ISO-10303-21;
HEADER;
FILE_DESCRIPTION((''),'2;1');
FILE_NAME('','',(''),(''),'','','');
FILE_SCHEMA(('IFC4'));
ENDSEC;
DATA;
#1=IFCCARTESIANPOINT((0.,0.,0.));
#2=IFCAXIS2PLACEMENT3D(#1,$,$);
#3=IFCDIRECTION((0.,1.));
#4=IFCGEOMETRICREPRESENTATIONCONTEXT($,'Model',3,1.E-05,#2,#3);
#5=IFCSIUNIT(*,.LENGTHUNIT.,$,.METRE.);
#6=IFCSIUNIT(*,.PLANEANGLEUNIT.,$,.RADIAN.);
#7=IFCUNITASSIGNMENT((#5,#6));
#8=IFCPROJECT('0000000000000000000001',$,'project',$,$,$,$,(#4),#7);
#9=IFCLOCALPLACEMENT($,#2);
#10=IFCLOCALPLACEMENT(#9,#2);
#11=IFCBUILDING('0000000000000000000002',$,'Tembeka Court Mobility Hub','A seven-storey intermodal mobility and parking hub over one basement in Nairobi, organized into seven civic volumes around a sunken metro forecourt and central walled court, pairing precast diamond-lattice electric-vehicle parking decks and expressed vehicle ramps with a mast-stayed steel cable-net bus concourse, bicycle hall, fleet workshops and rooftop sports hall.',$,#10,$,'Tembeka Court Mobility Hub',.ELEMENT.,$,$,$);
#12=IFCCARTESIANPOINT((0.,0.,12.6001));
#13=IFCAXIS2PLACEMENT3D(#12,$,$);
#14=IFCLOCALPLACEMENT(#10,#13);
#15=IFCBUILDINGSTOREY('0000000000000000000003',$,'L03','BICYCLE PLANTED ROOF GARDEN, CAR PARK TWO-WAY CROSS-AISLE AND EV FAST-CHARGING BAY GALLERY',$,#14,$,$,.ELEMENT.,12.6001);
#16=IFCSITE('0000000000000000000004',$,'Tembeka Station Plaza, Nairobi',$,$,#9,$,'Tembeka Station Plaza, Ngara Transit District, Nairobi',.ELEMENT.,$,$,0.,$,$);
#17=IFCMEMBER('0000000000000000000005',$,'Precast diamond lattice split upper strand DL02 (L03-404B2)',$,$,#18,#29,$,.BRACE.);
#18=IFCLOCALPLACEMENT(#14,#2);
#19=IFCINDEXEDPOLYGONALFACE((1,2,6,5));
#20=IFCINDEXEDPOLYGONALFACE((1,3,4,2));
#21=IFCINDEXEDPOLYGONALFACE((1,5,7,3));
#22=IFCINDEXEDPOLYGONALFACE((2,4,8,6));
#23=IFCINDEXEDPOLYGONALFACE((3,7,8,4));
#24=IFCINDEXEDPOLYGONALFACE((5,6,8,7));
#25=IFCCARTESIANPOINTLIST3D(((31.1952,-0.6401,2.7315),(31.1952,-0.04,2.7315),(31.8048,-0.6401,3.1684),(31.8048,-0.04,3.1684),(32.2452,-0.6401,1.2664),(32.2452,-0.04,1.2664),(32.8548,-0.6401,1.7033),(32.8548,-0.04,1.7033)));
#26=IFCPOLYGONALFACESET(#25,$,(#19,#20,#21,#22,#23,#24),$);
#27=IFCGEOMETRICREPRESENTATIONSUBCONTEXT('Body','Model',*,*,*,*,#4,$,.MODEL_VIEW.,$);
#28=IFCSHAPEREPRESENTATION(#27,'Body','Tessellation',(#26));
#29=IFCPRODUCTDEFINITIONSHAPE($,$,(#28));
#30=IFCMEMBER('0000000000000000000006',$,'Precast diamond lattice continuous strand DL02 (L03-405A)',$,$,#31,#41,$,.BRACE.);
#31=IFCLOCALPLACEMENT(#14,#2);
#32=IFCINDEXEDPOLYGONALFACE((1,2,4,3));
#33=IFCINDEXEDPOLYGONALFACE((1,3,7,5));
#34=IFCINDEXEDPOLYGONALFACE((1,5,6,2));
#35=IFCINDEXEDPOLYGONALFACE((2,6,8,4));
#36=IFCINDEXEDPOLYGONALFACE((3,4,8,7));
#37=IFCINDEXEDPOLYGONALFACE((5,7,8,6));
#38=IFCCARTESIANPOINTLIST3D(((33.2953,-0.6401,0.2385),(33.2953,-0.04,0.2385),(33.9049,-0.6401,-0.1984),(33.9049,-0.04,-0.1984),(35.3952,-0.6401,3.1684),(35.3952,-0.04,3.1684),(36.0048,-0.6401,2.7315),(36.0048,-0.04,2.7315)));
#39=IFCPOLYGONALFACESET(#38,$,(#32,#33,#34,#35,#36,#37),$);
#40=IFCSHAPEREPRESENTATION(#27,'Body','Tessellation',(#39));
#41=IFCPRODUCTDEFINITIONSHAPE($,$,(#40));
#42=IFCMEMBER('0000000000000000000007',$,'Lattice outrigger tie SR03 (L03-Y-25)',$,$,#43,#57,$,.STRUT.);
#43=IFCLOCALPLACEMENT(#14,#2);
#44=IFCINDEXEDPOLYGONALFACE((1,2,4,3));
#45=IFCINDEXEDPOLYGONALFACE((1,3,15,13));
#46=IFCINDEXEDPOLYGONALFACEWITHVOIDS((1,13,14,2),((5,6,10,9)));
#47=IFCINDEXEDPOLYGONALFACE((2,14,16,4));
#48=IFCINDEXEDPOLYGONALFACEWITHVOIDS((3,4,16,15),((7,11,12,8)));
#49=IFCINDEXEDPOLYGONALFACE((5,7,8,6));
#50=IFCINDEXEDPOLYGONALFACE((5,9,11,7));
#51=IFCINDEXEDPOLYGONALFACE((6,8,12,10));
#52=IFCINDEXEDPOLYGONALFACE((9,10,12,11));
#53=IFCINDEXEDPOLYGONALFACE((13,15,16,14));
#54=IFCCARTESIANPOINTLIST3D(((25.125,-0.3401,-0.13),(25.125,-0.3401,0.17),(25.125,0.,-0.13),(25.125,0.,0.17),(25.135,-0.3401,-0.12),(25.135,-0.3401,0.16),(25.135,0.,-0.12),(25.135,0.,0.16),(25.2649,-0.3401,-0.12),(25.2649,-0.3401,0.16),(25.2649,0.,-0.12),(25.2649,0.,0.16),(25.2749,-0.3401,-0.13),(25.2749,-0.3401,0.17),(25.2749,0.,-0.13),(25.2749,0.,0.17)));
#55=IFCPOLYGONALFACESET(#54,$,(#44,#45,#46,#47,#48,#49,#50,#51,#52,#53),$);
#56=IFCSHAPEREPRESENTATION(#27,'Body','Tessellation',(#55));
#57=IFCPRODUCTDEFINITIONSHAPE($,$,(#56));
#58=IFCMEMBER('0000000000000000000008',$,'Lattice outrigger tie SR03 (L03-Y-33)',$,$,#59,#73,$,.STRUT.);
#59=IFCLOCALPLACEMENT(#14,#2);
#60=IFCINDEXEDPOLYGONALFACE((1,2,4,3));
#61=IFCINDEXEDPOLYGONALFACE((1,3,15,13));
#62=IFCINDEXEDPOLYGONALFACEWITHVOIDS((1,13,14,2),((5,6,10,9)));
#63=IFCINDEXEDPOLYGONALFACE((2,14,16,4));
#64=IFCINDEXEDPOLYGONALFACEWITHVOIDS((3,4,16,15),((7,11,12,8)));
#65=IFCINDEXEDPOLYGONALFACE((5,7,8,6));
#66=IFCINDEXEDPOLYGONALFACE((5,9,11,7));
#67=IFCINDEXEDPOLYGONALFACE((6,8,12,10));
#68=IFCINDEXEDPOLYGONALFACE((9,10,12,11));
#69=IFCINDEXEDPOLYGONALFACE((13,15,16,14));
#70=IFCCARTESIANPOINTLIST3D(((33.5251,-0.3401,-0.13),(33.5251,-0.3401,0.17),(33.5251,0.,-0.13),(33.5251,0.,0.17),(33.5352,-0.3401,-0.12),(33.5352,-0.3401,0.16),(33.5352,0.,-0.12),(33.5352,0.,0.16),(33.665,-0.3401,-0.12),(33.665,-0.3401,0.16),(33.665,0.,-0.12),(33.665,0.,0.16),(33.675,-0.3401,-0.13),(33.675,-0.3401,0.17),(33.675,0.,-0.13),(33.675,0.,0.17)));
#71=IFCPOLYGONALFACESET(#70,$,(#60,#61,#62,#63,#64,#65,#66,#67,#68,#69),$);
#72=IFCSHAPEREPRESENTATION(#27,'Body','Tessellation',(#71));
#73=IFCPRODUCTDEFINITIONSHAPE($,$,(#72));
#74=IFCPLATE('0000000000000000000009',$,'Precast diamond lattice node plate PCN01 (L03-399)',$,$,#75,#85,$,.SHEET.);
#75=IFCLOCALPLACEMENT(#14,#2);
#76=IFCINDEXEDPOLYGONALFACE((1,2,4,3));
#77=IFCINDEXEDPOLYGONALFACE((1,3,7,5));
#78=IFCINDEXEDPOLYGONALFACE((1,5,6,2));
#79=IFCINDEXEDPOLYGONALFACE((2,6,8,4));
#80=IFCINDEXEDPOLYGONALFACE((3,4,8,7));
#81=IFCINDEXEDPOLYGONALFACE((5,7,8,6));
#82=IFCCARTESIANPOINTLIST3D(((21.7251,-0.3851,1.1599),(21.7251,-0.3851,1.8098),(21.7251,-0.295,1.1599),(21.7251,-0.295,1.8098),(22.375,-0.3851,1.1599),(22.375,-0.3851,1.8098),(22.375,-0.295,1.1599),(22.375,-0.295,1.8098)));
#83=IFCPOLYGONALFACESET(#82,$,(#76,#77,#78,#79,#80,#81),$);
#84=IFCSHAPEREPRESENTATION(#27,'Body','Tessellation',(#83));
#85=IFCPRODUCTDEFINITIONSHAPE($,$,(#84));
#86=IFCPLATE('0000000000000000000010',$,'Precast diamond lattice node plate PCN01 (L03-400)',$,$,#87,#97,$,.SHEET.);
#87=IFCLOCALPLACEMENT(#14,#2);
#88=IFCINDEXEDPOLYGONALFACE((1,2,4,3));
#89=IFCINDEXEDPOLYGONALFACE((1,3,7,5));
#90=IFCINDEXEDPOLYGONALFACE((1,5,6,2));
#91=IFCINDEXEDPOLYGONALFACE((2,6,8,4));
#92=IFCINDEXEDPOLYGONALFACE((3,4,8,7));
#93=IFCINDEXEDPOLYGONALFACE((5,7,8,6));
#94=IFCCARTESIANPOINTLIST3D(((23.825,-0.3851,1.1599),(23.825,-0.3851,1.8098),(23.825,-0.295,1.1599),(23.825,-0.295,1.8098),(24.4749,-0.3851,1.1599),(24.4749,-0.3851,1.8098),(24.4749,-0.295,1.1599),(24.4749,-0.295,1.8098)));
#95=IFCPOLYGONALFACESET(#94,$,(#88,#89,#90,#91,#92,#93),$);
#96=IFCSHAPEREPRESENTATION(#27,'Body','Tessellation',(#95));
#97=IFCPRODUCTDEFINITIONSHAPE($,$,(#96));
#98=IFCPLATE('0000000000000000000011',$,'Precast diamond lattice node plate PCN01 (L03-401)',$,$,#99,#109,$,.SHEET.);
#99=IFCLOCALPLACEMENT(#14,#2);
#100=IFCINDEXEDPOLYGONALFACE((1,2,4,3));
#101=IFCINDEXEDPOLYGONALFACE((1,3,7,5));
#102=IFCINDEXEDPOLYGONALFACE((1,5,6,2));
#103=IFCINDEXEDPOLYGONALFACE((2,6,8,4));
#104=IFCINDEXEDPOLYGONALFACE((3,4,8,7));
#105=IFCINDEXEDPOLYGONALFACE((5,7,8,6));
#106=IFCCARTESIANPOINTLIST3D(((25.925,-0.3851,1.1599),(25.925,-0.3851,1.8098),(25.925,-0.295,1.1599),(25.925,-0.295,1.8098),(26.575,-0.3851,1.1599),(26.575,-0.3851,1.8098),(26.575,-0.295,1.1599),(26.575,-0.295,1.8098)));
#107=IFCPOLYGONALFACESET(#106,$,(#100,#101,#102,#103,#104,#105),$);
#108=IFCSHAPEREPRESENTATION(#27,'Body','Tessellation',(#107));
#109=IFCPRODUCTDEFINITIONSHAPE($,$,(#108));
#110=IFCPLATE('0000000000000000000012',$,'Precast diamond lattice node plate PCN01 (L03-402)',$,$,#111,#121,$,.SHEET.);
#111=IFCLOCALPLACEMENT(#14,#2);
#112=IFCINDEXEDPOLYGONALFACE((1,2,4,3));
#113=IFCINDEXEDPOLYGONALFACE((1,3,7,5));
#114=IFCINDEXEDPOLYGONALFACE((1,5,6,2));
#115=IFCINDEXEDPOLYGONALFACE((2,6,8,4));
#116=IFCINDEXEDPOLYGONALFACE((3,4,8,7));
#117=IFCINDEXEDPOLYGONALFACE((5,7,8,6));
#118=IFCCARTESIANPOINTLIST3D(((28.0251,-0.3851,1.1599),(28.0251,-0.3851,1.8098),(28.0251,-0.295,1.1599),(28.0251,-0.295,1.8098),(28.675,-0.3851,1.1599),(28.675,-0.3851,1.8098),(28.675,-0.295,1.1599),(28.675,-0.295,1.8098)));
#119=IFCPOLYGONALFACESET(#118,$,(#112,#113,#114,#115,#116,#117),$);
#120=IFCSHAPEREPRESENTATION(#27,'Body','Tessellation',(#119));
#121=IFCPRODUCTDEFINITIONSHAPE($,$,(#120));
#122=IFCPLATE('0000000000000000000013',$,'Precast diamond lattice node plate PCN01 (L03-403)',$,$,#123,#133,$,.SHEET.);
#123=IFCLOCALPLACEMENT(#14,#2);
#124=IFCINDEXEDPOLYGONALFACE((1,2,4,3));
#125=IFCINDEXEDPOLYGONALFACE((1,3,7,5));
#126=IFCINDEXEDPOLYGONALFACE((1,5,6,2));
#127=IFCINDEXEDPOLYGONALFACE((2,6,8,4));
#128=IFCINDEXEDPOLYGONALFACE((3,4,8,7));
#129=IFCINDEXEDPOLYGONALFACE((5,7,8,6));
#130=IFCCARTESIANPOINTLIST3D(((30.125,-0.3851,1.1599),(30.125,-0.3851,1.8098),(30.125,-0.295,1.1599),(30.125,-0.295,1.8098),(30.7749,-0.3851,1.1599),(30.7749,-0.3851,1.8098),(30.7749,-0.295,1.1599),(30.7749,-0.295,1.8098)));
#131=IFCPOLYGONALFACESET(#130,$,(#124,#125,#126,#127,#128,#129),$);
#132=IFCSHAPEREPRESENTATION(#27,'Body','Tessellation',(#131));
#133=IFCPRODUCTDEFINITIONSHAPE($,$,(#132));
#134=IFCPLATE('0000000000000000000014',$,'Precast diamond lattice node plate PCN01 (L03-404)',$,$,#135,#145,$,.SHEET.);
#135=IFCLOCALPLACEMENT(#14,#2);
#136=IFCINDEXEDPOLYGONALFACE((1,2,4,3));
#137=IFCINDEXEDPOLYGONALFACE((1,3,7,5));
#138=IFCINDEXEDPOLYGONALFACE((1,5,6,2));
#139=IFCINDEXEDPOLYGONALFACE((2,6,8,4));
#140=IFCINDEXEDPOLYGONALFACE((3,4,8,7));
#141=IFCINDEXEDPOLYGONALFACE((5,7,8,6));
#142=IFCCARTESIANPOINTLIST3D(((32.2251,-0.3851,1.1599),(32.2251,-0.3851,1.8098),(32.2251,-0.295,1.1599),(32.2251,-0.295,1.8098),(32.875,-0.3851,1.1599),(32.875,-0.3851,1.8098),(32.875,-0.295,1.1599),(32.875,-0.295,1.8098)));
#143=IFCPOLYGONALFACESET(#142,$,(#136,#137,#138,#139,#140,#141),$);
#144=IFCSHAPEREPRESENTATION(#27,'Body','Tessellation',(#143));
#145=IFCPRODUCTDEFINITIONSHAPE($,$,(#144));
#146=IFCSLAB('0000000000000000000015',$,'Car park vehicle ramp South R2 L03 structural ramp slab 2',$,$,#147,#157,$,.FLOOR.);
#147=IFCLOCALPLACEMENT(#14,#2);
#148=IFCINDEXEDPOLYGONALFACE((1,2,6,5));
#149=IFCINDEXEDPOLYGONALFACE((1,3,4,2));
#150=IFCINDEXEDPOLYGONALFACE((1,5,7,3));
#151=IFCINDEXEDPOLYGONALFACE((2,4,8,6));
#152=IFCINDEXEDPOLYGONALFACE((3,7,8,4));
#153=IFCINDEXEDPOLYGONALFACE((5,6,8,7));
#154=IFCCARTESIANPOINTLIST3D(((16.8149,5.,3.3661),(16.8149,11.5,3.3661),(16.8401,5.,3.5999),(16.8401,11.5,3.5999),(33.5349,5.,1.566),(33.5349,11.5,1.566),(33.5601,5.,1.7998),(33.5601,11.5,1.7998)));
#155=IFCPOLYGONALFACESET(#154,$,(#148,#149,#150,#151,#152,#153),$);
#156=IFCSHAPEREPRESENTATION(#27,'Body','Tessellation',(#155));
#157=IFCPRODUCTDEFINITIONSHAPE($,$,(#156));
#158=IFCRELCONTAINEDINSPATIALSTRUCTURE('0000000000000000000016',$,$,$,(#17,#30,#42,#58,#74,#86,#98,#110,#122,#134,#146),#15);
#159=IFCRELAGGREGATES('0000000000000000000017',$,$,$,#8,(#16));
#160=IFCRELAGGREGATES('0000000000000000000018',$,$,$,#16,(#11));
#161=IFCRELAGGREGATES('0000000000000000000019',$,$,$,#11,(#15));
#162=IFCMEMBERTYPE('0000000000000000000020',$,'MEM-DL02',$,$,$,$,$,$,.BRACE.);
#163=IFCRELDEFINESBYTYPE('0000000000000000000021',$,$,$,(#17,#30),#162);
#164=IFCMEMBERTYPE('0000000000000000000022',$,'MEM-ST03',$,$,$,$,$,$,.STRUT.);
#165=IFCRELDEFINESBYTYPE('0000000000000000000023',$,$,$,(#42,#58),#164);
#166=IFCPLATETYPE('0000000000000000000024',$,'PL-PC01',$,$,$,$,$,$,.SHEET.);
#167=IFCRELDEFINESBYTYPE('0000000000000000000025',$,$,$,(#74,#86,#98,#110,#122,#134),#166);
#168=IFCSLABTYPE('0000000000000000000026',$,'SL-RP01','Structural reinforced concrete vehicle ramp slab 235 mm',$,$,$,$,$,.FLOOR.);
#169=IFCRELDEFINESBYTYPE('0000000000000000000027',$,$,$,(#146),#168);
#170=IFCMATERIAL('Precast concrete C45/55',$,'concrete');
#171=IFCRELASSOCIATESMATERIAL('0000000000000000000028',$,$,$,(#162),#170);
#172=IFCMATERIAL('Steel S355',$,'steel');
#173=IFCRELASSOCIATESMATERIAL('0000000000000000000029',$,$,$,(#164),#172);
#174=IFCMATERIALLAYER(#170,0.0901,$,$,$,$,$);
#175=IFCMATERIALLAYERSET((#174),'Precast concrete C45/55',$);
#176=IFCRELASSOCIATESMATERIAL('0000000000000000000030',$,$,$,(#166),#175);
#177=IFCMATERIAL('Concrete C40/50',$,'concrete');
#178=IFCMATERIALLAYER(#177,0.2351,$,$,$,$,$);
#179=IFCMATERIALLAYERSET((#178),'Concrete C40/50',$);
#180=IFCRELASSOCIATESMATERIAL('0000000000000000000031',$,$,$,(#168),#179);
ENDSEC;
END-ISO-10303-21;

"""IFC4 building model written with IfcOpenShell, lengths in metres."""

from ifc_helpers import new_model, si_unit, direction, frame, origin, origin_2d, place, context, subcontext, project, spatial, polyline, rectangle, hollow_rectangle, outline, extrude, material, layer, layer_set, material_profile, profile_set, type_object, element, save


model = new_model("IFC4")

# Units and contexts
model_context = context("Model", 3, precision=1e-05, world=origin(), true_north=direction((0.0, 1.0)))
body_context = subcontext(model_context, "Body", "Model", "MODEL_VIEW")
ifc_project = project(units=[si_unit("LENGTHUNIT", "METRE"), si_unit("PLANEANGLEUNIT", "RADIAN")], contexts=[model_context])

# Site, building, storey
site_placement = place(None, origin())
site = spatial("IfcSite", under=ifc_project, at=site_placement, Name="Tembeka Station Plaza, Nairobi", LongName="Tembeka Station Plaza, Ngara Transit District, Nairobi", CompositionType="ELEMENT", RefElevation=0.0)
building_placement = place(site_placement, origin())
building = spatial("IfcBuilding", under=site, at=building_placement, Name="Tembeka Court Mobility Hub", Description="A seven-storey intermodal mobility and parking hub over one basement in Nairobi, organized into seven civic volumes around a sunken metro forecourt and central walled court, pairing precast diamond-lattice electric-vehicle parking decks and expressed vehicle ramps with a mast-stayed steel cable-net bus concourse, bicycle hall, fleet workshops and rooftop sports hall.", LongName="Tembeka Court Mobility Hub", CompositionType="ELEMENT")
storey_placement = place(building_placement, frame((0.0, 0.0, 12.6001)))
storey = spatial("IfcBuildingStorey", under=building, at=storey_placement, Name="L03", Description="BICYCLE PLANTED ROOF GARDEN, CAR PARK TWO-WAY CROSS-AISLE AND EV FAST-CHARGING BAY GALLERY", CompositionType="ELEMENT", Elevation=12.6001)

# Shared definitions
ifc_material_1 = material(Name="Steel S355", Category="steel")

# Shared definitions
ifc_material_2 = material(Name="Concrete C40/50", Category="concrete")
ifc_material_3 = material(Name="Precast concrete C45/55", Category="concrete")

# Members
ifc_material_profile_1 = material_profile(ifc_material_3, rectangle(XDim=0.6001, YDim=0.75, at=origin_2d()), Name="PC-DIAG 600x750")
ifc_profile_set_1 = profile_set([ifc_material_profile_1], Name="Precast concrete C45/55")
member_type_1 = type_object("IfcMemberType", Name="MEM-DL02", PredefinedType="BRACE", material=ifc_profile_set_1)
member_1_placement = place(storey_placement, frame((32.55, -0.3401, 1.4849), z_axis=(-0.582544, 0.0, 0.812799), x_axis=(0.0, -1.0, 0.0)))
element("IfcMember", 1, at=member_1_placement, inside=storey, type_object=member_type_1, Name="Precast diamond lattice split upper strand DL02 (L03-404B2)", PredefinedType="BRACE", context=body_context, shape_type="SweptSolid", body=[
    extrude(rectangle(XDim=0.6001, YDim=0.75, at=origin_2d()), origin(), (0.0, 0.0, 1.0), 1.8025),
])
member_2_placement = place(storey_placement, frame((33.6001, -0.3401, 0.02), z_axis=(0.582532, 0.0, 0.812808), x_axis=(0.0, 1.0, 0.0)))
element("IfcMember", 2, at=member_2_placement, inside=storey, type_object=member_type_1, Name="Precast diamond lattice continuous strand DL02 (L03-405A)", PredefinedType="BRACE", context=body_context, shape_type="SweptSolid", body=[
    extrude(rectangle(XDim=0.6001, YDim=0.75, at=origin_2d()), origin(), (0.0, 0.0, 1.0), 3.6047),
])
ifc_material_profile_2 = material_profile(ifc_material_1, hollow_rectangle(XDim=0.1499, YDim=0.3, WallThickness=0.01, at=origin_2d()), Name="RHS 300x150x10")
ifc_profile_set_2 = profile_set([ifc_material_profile_2], Name="Steel S355")
member_type_2 = type_object("IfcMemberType", Name="MEM-ST03", PredefinedType="STRUT", material=ifc_profile_set_2)
for number, where, z_axis, x_axis, name in (
    (3, (25.2, 0.0, 0.02), (0.0, -1.0, 0.0), (1.0, 0.0, 0.0), "Lattice outrigger tie SR03 (L03-Y-25)"),
    (4, (33.6001, 0.0, 0.02), (0.0, -1.0, 0.0), (1.0, 0.0, 0.0), "Lattice outrigger tie SR03 (L03-Y-33)"),
):
    element("IfcMember", number, at=place(storey_placement, frame(where, z_axis=z_axis, x_axis=x_axis)), inside=storey, type_object=member_type_2, Name=name, PredefinedType="STRUT", context=body_context, shape_type="SweptSolid", body=[
        extrude(hollow_rectangle(XDim=0.1499, YDim=0.3, WallThickness=0.01, at=origin_2d()), origin(), (0.0, 0.0, 1.0), 0.3401),
    ])

# Plates
ifc_layer_1 = layer(ifc_material_3, 0.0901)
ifc_layer_set_1 = layer_set([ifc_layer_1], Name="Precast concrete C45/55")
plate_type = type_object("IfcPlateType", Name="PL-PC01", PredefinedType="SHEET", material=ifc_layer_set_1)
for number, where, z_axis, x_axis, name in (
    (5, (22.05, -0.3401, 1.1599), (0.0, 0.0, 1.0), (1.0, 0.0, 0.0), "Precast diamond lattice node plate PCN01 (L03-399)"),
    (6, (24.1499, -0.3401, 1.1599), (0.0, 0.0, 1.0), (1.0, 0.0, 0.0), "Precast diamond lattice node plate PCN01 (L03-400)"),
    (7, (26.25, -0.3401, 1.1599), (0.0, 0.0, 1.0), (1.0, 0.0, 0.0), "Precast diamond lattice node plate PCN01 (L03-401)"),
    (8, (28.3501, -0.3401, 1.1599), (0.0, 0.0, 1.0), (1.0, 0.0, 0.0), "Precast diamond lattice node plate PCN01 (L03-402)"),
    (9, (30.45, -0.3401, 1.1599), (0.0, 0.0, 1.0), (1.0, 0.0, 0.0), "Precast diamond lattice node plate PCN01 (L03-403)"),
    (10, (32.55, -0.3401, 1.1599), (0.0, 0.0, 1.0), (1.0, 0.0, 0.0), "Precast diamond lattice node plate PCN01 (L03-404)"),
):
    element("IfcPlate", number, at=place(storey_placement, frame(where, z_axis=z_axis, x_axis=x_axis)), inside=storey, type_object=plate_type, Name=name, PredefinedType="SHEET", context=body_context, shape_type="SweptSolid", body=[
        extrude(rectangle(XDim=0.6499, YDim=0.0901, at=origin_2d()), origin(), (0.0, 0.0, 1.0), 0.6499),
    ])

# Slab
ifc_layer_2 = layer(ifc_material_2, 0.2351)
ifc_layer_set_2 = layer_set([ifc_layer_2], Name="Concrete C40/50")
slab_type = type_object("IfcSlabType", Name="SL-RP01", Description="Structural reinforced concrete vehicle ramp slab 235 mm", PredefinedType="FLOOR", material=ifc_layer_set_2)
slab_placement = place(storey_placement, frame((33.5601, 5.0, 1.7998), z_axis=(0.10704, 0.0, 0.994255), x_axis=(-0.994255, 0.0, 0.10704)))
element("IfcSlab", 11, at=slab_placement, inside=storey, type_object=slab_type, Name="Car park vehicle ramp South R2 L03 structural ramp slab 2", PredefinedType="FLOOR", context=body_context, shape_type="SweptSolid", body=[
    extrude(outline(polyline([(0.0, 0.0), (16.8166, 0.0), (16.8166, -6.5), (0.0, -6.5), (0.0, 0.0)])), origin(), (0.0, 0.0, -1.0), 0.2351),
])

save(model, "model.ifc")
